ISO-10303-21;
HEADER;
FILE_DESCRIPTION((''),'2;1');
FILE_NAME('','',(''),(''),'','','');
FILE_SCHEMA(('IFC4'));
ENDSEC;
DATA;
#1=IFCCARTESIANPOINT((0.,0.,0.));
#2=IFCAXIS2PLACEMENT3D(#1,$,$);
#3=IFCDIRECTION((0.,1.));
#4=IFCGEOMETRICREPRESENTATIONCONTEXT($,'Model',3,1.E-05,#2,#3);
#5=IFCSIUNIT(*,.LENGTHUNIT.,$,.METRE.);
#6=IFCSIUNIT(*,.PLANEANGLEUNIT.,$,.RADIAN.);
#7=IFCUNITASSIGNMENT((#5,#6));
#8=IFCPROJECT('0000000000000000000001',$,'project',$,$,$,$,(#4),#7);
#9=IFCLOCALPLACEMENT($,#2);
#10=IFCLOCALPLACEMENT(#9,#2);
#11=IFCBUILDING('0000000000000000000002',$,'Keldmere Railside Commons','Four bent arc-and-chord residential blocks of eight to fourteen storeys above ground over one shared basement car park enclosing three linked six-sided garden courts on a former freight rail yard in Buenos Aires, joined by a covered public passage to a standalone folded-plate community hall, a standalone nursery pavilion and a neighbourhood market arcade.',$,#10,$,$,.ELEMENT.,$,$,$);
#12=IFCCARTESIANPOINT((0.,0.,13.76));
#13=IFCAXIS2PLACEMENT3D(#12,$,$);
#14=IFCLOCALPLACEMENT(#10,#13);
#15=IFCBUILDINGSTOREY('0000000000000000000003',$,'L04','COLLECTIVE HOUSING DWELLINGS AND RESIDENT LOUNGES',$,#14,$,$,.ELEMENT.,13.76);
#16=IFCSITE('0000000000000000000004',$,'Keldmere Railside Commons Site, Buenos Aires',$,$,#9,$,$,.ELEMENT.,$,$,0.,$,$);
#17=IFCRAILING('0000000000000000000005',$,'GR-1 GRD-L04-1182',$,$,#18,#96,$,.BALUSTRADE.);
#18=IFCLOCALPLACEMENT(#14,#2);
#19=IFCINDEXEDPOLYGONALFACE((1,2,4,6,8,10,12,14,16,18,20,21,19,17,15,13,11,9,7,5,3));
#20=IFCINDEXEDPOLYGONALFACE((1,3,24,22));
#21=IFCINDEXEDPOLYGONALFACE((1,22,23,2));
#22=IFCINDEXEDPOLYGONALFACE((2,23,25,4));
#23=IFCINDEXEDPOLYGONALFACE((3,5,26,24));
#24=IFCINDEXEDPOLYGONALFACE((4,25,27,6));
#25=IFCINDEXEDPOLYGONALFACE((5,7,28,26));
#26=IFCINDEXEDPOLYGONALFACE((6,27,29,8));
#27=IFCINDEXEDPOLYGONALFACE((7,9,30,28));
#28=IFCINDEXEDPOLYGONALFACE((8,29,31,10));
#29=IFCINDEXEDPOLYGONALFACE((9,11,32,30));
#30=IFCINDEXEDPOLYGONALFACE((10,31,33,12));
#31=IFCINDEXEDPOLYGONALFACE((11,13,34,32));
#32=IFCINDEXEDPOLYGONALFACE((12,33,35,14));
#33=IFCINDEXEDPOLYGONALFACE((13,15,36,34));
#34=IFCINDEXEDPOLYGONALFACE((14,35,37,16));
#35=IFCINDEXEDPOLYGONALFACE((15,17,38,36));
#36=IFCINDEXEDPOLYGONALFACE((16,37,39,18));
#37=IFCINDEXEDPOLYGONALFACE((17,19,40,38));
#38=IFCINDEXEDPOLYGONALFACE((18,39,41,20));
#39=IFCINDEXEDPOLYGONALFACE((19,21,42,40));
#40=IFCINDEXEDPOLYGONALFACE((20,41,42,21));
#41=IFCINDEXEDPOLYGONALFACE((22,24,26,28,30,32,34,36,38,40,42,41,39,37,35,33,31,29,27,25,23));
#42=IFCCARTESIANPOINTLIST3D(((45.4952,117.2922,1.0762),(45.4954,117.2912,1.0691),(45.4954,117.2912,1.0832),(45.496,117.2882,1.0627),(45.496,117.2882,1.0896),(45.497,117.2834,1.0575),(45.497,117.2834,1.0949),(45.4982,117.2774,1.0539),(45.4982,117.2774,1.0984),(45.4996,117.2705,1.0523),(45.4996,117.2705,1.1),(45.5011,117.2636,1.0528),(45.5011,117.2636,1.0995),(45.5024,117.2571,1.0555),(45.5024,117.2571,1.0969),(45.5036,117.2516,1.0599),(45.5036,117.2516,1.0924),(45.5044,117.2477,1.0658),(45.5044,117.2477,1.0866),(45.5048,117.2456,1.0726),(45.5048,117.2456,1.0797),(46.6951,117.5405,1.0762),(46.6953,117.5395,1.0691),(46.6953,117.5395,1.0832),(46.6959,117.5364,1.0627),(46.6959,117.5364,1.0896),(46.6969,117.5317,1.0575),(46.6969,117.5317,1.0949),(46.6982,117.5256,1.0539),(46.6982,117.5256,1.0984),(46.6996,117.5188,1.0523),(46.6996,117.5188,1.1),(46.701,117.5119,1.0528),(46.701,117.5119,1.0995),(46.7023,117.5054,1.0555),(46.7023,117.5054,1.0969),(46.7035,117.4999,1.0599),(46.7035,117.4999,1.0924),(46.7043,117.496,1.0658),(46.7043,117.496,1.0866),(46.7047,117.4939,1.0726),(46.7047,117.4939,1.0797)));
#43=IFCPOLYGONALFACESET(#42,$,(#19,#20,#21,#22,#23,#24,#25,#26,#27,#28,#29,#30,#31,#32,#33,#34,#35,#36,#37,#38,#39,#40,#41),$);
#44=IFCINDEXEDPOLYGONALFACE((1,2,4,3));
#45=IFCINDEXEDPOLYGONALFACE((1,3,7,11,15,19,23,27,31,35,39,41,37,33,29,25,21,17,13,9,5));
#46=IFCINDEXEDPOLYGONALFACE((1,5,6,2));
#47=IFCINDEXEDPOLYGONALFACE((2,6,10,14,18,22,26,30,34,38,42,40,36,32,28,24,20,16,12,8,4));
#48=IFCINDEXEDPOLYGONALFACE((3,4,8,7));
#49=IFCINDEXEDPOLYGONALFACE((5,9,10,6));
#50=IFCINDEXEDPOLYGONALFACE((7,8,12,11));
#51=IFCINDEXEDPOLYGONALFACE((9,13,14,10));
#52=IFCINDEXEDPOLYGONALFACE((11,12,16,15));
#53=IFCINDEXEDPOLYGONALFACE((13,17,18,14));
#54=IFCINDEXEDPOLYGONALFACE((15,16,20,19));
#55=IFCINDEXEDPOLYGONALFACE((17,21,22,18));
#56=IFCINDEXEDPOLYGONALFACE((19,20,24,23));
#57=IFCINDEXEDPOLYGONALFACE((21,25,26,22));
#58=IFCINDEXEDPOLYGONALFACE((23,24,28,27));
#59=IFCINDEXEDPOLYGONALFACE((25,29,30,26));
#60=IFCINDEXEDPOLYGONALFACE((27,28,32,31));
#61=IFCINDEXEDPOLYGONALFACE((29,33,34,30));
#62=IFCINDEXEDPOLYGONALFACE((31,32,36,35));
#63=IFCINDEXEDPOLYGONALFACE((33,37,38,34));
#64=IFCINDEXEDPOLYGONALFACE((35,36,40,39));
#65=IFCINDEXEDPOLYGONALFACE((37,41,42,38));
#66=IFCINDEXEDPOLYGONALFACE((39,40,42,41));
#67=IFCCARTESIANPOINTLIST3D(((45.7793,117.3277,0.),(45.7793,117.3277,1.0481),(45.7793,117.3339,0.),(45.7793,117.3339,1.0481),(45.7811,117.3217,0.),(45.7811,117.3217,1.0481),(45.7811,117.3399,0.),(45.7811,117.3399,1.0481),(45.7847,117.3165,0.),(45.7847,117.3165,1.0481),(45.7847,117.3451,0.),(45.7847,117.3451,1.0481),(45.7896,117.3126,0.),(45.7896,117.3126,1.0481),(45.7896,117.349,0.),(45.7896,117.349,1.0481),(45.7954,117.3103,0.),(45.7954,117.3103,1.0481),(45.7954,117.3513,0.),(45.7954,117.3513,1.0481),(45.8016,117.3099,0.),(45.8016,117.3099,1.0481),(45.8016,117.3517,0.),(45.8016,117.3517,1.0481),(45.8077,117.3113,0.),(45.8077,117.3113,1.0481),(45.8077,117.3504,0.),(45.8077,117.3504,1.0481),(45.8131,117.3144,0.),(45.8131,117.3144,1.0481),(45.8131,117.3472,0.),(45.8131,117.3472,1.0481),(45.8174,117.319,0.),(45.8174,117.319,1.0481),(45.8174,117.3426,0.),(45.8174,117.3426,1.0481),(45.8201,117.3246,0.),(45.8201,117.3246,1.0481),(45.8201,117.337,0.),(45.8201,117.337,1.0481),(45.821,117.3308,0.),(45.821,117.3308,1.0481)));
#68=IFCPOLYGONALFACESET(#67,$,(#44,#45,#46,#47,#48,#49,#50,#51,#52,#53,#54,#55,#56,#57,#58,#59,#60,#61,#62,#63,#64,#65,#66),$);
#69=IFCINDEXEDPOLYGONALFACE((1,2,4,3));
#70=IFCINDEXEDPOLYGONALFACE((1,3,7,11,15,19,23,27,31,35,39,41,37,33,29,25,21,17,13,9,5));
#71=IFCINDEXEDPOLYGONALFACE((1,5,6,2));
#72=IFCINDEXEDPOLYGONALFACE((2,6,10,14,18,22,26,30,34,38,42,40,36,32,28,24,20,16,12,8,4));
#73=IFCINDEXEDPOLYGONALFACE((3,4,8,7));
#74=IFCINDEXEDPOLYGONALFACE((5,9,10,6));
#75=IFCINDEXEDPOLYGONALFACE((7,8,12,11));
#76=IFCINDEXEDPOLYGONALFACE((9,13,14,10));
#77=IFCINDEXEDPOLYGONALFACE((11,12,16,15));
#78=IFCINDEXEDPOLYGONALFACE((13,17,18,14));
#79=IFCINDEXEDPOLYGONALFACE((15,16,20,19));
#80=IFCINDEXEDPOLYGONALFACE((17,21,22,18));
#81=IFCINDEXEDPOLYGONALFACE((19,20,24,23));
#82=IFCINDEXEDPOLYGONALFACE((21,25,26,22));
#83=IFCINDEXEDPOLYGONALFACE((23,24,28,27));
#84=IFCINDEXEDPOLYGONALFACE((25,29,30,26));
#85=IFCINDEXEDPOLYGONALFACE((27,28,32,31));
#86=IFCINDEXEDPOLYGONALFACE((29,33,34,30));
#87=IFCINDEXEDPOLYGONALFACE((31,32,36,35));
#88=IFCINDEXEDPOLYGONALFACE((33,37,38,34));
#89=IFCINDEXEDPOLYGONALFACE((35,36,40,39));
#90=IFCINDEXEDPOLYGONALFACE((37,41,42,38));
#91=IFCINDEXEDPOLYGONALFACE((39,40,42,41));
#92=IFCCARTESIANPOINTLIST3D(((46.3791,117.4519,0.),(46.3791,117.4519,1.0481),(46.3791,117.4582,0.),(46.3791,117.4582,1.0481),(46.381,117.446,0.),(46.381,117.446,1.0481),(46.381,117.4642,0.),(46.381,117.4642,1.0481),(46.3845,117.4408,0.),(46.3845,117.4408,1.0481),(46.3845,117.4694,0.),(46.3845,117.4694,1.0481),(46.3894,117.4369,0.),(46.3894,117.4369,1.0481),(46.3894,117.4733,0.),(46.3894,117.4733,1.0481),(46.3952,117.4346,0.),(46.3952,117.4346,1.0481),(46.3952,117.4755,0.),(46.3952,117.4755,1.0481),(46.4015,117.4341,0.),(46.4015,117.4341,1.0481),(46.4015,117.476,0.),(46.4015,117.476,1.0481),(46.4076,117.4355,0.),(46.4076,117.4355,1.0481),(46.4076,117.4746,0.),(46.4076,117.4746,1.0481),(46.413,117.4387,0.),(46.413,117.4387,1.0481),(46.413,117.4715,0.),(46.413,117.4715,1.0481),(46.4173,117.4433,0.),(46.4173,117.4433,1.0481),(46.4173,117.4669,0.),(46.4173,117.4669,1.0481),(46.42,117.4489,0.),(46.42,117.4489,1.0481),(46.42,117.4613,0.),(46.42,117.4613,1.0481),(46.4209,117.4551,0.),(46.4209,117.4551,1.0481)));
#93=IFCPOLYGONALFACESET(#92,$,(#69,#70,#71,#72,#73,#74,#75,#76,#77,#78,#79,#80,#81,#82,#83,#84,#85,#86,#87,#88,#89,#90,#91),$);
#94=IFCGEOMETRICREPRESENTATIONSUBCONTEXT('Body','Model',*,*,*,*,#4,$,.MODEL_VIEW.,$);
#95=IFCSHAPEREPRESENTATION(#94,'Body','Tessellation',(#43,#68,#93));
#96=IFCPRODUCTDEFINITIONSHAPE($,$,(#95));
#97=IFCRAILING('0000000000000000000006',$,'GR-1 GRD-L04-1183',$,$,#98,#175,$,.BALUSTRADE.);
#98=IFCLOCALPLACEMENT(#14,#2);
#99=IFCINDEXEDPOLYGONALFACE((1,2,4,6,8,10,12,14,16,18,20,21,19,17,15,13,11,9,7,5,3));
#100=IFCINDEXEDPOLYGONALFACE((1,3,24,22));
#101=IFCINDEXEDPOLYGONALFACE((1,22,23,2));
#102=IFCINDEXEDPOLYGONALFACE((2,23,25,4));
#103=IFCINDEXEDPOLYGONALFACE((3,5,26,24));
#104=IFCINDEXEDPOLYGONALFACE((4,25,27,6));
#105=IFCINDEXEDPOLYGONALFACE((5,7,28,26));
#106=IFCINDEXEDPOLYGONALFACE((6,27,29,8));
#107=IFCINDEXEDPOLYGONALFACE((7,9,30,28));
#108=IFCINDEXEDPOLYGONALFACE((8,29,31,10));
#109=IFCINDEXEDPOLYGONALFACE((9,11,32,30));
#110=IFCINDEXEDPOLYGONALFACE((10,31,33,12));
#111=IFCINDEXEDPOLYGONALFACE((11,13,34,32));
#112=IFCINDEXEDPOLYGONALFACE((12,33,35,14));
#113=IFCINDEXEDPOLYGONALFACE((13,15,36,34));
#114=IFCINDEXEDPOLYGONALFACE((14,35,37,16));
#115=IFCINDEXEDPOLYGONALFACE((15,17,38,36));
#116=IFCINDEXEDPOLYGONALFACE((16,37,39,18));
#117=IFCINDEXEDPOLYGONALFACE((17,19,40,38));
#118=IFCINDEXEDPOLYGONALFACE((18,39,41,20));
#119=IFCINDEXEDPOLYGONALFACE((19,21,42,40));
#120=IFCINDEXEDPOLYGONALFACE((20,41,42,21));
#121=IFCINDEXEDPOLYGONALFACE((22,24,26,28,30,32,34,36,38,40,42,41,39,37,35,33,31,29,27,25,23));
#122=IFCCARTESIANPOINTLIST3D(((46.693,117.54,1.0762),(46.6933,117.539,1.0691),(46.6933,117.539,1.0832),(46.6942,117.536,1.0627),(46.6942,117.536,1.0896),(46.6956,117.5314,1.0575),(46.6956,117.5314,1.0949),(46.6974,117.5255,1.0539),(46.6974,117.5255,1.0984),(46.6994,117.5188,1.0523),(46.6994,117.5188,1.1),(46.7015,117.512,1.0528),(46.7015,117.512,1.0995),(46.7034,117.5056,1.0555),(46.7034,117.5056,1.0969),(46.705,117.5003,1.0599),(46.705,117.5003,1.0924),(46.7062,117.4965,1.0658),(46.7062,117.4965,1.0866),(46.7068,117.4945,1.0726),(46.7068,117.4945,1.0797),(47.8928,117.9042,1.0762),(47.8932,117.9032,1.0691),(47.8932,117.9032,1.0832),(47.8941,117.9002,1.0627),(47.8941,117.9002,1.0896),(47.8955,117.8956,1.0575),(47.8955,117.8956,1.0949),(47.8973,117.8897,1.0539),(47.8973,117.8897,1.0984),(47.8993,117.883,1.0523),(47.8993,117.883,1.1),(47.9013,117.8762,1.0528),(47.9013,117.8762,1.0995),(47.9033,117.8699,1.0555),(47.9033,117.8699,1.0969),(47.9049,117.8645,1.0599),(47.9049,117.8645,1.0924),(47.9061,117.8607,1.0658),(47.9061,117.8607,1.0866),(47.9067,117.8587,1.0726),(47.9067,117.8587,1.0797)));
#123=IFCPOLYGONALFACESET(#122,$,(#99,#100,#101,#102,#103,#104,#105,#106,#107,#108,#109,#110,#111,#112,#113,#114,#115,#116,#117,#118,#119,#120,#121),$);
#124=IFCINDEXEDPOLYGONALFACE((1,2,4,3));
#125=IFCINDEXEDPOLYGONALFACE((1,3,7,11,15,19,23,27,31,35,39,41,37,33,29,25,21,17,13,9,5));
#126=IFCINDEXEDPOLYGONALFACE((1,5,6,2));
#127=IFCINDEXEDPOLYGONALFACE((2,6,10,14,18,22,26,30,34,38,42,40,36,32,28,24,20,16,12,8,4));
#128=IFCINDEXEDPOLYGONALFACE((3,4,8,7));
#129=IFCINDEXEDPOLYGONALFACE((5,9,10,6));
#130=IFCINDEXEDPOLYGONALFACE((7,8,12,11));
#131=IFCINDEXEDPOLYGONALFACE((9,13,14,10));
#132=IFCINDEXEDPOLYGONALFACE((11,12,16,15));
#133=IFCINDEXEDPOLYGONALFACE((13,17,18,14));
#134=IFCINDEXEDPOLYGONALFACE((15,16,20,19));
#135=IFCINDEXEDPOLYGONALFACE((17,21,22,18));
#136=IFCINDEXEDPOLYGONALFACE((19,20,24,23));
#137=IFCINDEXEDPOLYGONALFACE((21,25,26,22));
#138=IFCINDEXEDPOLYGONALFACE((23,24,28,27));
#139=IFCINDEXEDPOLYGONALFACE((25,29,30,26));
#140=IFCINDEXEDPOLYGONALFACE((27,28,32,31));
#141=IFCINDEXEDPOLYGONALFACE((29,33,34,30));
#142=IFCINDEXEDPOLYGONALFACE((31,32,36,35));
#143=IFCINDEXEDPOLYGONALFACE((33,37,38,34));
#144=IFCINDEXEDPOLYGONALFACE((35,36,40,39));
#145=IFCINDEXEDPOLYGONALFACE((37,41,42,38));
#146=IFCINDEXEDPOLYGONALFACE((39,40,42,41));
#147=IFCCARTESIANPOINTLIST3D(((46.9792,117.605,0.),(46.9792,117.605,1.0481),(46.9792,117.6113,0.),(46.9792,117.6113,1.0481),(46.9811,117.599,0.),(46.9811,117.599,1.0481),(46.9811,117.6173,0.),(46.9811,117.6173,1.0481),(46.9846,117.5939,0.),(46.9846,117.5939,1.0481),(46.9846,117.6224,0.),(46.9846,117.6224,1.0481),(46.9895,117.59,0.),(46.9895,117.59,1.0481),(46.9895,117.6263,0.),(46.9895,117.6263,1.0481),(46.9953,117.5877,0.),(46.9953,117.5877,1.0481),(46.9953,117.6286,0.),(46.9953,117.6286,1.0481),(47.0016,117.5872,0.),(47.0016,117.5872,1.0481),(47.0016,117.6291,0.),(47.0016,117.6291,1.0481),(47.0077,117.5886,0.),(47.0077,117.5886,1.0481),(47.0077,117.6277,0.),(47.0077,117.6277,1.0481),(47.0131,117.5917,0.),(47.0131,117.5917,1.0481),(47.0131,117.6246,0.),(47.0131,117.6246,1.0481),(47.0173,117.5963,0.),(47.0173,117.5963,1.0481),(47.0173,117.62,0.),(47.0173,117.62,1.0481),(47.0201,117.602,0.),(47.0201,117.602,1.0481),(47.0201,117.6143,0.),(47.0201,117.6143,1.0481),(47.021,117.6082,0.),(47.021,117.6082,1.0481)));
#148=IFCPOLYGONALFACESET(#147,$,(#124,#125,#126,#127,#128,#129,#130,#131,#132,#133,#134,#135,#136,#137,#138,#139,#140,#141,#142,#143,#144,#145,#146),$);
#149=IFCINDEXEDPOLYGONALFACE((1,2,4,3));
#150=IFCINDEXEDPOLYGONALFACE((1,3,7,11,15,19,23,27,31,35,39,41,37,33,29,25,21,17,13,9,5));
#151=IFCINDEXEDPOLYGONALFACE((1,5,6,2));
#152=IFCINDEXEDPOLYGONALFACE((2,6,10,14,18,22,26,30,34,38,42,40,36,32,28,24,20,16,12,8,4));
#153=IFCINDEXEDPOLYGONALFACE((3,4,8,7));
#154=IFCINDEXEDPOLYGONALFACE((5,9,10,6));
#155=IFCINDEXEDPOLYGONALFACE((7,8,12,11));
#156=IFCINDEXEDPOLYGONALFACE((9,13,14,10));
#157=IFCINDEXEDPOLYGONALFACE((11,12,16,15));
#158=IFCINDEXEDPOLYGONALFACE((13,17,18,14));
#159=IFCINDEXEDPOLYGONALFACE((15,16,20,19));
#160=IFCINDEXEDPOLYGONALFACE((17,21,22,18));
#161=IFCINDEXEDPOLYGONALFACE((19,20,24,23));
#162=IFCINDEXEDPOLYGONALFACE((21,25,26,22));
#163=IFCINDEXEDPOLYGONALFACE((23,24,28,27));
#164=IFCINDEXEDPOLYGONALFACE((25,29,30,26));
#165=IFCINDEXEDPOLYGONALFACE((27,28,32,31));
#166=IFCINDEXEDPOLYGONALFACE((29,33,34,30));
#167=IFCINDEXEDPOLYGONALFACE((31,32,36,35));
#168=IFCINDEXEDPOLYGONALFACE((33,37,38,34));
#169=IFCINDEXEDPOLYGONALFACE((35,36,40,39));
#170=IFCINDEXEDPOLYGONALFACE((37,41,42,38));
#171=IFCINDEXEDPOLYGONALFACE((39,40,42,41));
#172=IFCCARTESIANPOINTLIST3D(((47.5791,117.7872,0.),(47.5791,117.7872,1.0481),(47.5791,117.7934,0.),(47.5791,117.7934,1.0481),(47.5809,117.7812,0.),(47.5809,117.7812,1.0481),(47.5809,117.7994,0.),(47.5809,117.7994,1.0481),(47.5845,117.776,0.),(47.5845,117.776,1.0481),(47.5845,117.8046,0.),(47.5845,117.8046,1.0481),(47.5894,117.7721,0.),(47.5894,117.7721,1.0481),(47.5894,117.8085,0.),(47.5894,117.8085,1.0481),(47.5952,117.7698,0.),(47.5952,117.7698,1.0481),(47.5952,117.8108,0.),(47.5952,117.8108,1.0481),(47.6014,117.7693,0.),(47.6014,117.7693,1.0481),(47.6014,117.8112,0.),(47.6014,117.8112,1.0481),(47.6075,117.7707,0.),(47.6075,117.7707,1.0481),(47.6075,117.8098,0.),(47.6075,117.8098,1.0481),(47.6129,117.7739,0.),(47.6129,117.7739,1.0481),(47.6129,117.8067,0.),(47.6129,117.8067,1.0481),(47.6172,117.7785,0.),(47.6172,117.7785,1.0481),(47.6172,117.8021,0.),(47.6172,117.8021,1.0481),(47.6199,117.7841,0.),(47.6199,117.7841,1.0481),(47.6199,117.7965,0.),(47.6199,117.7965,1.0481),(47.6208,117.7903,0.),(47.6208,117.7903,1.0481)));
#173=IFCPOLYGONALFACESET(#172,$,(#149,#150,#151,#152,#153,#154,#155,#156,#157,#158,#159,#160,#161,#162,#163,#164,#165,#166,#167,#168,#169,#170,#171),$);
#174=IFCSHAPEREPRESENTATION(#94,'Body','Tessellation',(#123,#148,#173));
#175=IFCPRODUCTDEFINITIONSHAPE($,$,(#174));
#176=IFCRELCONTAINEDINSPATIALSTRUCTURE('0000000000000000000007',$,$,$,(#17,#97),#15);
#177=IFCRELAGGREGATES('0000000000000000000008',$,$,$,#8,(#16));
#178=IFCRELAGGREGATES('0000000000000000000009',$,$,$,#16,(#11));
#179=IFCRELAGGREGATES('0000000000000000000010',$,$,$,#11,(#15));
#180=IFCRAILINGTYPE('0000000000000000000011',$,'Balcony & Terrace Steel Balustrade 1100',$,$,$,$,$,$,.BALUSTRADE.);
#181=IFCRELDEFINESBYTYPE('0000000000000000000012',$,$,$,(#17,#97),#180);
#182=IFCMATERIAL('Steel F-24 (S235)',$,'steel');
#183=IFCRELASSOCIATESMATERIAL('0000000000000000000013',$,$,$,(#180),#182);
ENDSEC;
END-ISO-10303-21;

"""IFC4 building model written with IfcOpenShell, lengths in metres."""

from ifc_helpers import new_model, si_unit, direction, frame, origin, origin_2d, place, context, subcontext, project, spatial, circle, extrude, material, type_object, element, save


model = new_model("IFC4")

# Units and contexts
model_context = context("Model", 3, precision=1e-05, world=origin(), true_north=direction((0.0, 1.0)))
body_context = subcontext(model_context, "Body", "Model", "MODEL_VIEW")
ifc_project = project(units=[si_unit("LENGTHUNIT", "METRE"), si_unit("PLANEANGLEUNIT", "RADIAN")], contexts=[model_context])

# Site, building, storey
site_placement = place(None, origin())
site = spatial("IfcSite", under=ifc_project, at=site_placement, Name="Keldmere Railside Commons Site, Buenos Aires", CompositionType="ELEMENT", RefElevation=0.0)
building_placement = place(site_placement, origin())
building = spatial("IfcBuilding", under=site, at=building_placement, Name="Keldmere Railside Commons", Description="Four bent arc-and-chord residential blocks of eight to fourteen storeys above ground over one shared basement car park enclosing three linked six-sided garden courts on a former freight rail yard in Buenos Aires, joined by a covered public passage to a standalone folded-plate community hall, a standalone nursery pavilion and a neighbourhood market arcade.", CompositionType="ELEMENT")
storey_placement = place(building_placement, frame((0.0, 0.0, 13.76)))
storey = spatial("IfcBuildingStorey", under=building, at=storey_placement, Name="L04", Description="COLLECTIVE HOUSING DWELLINGS AND RESIDENT LOUNGES", CompositionType="ELEMENT", Elevation=13.76)

# Railings
ifc_material_1 = material(Name="Steel F-24 (S235)", Category="steel")
railing_type = type_object("IfcRailingType", Name="Balcony & Terrace Steel Balustrade 1100", PredefinedType="BALUSTRADE", material=ifc_material_1)
railing_1_placement = place(storey_placement, frame((45.5, 117.2688, 0.0)))
element("IfcRailing", 1, at=railing_1_placement, inside=storey, type_object=railing_type, Name="GR-1 GRD-L04-1182", PredefinedType="BALUSTRADE", context=body_context, shape_type="SweptSolid", body=[
    extrude(circle(Radius=0.0239, at=origin_2d()), frame((0.0, 0.0, 1.0762), z_axis=(0.979256, 0.202625, 0.0), x_axis=(-0.202625, 0.979256, 0.0)), (0.0, 0.0, 1.0), 1.2253),
    extrude(circle(Radius=0.021, at=origin_2d()), frame((0.3, 0.062, 0.0)), (0.0, 0.0, 1.0), 1.0481),
    extrude(circle(Radius=0.021, at=origin_2d()), frame((0.8999, 0.1863, 0.0)), (0.0, 0.0, 1.0), 1.0481),
])
railing_2_placement = place(storey_placement, frame((46.7, 117.5171, 0.0)))
element("IfcRailing", 2, at=railing_2_placement, inside=storey, type_object=railing_type, Name="GR-1 GRD-L04-1183", PredefinedType="BALUSTRADE", context=body_context, shape_type="SweptSolid", body=[
    extrude(circle(Radius=0.0239, at=origin_2d()), frame((0.0, 0.0, 1.0762), z_axis=(0.956883, 0.290472, 0.0), x_axis=(-0.290472, 0.956883, 0.0)), (0.0, 0.0, 1.0), 1.2539),
    extrude(circle(Radius=0.021, at=origin_2d()), frame((0.3, 0.0911, 0.0)), (0.0, 0.0, 1.0), 1.0481),
    extrude(circle(Radius=0.021, at=origin_2d()), frame((0.8999, 0.2732, 0.0)), (0.0, 0.0, 1.0), 1.0481),
])

save(model, "model.ifc")
